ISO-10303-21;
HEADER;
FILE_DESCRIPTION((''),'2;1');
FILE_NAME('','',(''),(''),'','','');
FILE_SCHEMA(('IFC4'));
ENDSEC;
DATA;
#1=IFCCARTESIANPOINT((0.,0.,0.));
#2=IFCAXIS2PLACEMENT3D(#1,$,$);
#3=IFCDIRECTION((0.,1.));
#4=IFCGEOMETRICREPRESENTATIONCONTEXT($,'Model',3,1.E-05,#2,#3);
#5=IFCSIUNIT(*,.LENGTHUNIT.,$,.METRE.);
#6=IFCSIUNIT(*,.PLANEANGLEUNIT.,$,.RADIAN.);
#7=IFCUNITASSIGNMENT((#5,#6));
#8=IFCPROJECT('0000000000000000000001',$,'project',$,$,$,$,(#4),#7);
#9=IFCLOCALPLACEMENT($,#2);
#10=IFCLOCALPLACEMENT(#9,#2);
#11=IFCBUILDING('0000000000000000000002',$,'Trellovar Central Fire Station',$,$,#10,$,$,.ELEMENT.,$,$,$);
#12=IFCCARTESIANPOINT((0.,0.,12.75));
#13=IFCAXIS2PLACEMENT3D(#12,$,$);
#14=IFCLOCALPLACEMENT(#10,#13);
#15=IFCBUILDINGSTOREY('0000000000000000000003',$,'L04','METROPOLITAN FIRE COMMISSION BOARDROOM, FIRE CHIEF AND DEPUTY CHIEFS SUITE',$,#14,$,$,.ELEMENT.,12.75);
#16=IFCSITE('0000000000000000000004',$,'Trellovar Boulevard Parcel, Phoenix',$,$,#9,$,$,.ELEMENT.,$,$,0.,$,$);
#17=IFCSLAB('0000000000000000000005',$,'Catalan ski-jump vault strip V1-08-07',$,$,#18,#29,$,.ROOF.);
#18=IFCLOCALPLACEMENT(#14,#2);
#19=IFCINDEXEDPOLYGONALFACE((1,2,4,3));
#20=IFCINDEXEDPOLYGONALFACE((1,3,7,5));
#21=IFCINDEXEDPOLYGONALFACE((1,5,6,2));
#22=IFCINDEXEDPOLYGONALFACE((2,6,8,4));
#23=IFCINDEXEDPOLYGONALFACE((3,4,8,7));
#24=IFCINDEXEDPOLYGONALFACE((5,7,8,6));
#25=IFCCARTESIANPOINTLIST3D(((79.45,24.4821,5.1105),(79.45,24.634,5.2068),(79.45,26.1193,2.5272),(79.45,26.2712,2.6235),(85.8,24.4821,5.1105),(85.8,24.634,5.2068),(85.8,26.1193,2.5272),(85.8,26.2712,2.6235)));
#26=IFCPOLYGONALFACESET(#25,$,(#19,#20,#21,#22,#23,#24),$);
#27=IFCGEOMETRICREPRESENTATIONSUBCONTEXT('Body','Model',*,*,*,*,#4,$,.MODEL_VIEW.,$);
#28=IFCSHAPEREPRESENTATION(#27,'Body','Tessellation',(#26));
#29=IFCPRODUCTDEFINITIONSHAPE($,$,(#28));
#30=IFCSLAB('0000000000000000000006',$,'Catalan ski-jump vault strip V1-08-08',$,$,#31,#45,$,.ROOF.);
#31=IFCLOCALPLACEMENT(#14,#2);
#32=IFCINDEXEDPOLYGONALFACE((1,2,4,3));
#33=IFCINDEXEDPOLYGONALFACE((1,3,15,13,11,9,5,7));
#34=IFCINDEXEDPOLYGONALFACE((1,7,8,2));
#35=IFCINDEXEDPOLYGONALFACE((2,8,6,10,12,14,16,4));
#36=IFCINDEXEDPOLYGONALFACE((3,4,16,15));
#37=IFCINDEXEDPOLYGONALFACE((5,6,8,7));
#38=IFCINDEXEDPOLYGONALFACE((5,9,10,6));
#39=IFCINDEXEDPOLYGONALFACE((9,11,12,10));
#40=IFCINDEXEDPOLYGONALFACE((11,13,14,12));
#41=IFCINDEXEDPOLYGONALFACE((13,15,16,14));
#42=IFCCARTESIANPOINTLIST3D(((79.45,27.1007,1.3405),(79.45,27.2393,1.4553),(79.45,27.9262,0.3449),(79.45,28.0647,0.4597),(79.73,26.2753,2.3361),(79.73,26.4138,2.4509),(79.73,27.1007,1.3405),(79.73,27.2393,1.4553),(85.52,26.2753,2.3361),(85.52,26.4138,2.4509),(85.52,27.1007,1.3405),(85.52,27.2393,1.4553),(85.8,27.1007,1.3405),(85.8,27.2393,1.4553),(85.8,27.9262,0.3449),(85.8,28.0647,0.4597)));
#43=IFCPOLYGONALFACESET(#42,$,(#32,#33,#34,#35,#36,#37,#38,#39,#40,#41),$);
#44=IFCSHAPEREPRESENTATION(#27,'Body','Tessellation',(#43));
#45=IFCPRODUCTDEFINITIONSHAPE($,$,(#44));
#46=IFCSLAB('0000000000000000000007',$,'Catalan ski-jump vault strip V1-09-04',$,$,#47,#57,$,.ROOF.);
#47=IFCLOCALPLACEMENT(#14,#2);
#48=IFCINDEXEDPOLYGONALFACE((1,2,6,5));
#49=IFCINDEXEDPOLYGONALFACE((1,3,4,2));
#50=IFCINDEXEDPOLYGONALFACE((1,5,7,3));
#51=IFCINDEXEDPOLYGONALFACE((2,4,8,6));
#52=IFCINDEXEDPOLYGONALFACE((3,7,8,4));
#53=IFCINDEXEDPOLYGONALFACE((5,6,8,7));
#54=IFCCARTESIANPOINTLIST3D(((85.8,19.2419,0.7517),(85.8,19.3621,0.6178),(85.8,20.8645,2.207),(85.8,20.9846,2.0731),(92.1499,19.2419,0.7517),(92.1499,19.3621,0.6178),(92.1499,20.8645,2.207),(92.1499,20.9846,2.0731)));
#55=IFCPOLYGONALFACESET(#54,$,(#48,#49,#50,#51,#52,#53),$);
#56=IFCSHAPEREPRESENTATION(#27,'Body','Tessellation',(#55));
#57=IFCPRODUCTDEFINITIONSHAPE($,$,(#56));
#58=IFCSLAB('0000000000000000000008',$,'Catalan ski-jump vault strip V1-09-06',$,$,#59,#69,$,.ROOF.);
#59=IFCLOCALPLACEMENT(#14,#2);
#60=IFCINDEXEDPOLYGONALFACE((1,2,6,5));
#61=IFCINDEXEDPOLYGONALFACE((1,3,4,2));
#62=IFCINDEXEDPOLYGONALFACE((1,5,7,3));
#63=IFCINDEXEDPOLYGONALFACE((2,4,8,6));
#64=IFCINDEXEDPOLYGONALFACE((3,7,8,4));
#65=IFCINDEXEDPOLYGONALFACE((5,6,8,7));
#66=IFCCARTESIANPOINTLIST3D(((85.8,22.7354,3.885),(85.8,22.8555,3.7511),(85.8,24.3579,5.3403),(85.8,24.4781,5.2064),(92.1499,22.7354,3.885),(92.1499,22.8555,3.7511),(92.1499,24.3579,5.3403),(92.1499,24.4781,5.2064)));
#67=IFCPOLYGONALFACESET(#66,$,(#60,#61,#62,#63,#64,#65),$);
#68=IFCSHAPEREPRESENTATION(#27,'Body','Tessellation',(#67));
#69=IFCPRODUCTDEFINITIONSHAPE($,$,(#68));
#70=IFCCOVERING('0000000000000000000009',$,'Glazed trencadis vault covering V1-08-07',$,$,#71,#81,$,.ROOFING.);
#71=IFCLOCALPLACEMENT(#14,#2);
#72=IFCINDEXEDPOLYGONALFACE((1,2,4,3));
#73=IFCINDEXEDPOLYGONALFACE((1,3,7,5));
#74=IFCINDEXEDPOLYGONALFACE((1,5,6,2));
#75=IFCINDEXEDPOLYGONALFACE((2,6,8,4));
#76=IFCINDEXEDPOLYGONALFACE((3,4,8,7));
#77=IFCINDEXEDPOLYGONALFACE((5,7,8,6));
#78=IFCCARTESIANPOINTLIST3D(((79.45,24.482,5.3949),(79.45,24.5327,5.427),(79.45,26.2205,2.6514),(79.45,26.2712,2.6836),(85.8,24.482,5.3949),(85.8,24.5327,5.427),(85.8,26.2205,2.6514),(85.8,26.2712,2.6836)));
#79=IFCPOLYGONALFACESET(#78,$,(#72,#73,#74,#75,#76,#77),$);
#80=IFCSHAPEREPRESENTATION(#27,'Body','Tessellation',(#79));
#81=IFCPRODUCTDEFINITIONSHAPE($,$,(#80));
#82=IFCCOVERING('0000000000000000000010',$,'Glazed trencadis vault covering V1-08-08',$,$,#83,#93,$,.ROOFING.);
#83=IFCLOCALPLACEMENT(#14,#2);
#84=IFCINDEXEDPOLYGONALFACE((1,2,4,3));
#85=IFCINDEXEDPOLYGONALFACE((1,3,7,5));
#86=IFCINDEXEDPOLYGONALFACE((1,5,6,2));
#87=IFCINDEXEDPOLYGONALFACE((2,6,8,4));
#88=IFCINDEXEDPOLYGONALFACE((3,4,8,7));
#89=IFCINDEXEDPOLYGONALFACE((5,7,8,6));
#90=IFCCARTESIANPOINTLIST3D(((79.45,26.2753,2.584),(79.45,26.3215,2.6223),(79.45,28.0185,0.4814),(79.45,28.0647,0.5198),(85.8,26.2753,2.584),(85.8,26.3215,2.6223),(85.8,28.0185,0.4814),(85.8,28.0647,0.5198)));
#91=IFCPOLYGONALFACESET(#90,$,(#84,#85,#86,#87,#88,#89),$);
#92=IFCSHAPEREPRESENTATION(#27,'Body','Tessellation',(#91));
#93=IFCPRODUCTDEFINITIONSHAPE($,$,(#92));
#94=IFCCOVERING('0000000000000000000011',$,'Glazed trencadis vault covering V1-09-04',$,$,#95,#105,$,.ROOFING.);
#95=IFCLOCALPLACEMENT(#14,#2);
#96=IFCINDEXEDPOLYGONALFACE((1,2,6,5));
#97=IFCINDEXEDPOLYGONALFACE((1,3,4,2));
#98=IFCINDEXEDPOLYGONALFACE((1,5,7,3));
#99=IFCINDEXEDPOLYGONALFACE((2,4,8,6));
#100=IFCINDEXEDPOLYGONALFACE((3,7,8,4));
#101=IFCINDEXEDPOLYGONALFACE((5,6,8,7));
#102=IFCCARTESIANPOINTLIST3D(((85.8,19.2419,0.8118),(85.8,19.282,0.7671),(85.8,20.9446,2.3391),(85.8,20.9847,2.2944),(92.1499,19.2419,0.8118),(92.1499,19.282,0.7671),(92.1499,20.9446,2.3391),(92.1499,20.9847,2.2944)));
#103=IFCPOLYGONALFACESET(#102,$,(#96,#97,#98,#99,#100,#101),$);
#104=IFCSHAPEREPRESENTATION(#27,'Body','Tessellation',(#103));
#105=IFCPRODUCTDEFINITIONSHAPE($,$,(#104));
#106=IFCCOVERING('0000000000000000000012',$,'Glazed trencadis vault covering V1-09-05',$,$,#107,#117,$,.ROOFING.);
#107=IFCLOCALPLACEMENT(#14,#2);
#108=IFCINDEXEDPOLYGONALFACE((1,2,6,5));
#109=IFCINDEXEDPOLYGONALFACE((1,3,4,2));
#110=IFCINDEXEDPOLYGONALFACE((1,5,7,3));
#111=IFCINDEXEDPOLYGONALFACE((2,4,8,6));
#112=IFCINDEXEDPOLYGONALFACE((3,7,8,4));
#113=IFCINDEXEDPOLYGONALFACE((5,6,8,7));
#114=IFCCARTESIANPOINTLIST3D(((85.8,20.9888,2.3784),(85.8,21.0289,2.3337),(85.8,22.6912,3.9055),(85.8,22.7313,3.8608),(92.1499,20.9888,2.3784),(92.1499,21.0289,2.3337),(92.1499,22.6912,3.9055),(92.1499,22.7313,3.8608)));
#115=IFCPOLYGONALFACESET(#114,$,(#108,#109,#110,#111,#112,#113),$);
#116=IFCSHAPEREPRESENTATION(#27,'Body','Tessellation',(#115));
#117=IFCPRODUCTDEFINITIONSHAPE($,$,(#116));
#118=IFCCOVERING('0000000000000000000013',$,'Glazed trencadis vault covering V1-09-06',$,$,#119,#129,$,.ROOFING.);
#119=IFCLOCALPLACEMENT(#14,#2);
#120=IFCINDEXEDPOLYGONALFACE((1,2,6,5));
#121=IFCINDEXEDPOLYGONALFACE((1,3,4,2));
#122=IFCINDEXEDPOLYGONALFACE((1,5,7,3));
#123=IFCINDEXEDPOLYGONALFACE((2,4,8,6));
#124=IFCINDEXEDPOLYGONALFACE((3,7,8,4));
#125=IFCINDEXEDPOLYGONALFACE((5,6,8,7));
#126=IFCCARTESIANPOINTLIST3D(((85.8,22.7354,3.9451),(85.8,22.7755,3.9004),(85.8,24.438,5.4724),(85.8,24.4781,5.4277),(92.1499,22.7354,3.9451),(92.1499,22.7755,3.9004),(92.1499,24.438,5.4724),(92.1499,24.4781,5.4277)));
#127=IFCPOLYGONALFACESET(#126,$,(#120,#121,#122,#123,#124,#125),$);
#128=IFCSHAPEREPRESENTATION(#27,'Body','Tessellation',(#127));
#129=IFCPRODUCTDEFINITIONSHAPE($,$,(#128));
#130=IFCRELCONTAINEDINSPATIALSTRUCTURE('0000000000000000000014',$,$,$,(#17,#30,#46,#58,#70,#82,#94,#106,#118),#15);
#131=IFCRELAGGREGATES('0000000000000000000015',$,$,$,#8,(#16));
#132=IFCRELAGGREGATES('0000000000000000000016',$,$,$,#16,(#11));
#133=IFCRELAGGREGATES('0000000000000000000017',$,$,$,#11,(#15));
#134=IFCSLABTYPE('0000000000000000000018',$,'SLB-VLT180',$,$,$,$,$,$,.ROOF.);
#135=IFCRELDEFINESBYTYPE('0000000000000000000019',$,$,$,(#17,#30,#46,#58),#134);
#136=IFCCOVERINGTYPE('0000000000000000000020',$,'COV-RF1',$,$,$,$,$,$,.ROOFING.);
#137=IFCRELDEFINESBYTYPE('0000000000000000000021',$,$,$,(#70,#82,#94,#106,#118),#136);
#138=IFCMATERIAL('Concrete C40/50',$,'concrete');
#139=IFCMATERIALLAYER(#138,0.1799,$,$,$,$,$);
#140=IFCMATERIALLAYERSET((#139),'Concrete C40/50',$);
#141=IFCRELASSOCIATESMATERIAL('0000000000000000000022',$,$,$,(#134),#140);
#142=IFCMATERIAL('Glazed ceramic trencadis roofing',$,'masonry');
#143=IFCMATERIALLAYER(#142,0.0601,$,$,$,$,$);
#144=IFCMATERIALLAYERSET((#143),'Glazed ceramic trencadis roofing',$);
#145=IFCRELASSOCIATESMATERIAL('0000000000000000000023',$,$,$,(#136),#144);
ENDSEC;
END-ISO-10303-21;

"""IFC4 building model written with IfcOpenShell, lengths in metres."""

from ifc_helpers import new_model, si_unit, direction, frame, origin, place, context, subcontext, project, spatial, polyline, outline, extrude, material, layer, layer_set, type_object, element, save


model = new_model("IFC4")

# Units and contexts
model_context = context("Model", 3, precision=1e-05, world=origin(), true_north=direction((0.0, 1.0)))
body_context = subcontext(model_context, "Body", "Model", "MODEL_VIEW")
ifc_project = project(units=[si_unit("LENGTHUNIT", "METRE"), si_unit("PLANEANGLEUNIT", "RADIAN")], contexts=[model_context])

# Site, building, storey
site_placement = place(None, origin())
site = spatial("IfcSite", under=ifc_project, at=site_placement, Name="Trellovar Boulevard Parcel, Phoenix", CompositionType="ELEMENT", RefElevation=0.0)
building_placement = place(site_placement, origin())
building = spatial("IfcBuilding", under=site, at=building_placement, Name="Trellovar Central Fire Station", CompositionType="ELEMENT")
storey_placement = place(building_placement, frame((0.0, 0.0, 12.75)))
storey = spatial("IfcBuildingStorey", under=building, at=storey_placement, Name="L04", Description="METROPOLITAN FIRE COMMISSION BOARDROOM, FIRE CHIEF AND DEPUTY CHIEFS SUITE", CompositionType="ELEMENT", Elevation=12.75)

# Slabs
ifc_material_1 = material(Name="Concrete C40/50", Category="concrete")
ifc_layer_1 = layer(ifc_material_1, 0.1799)
ifc_layer_set_1 = layer_set([ifc_layer_1], Name="Concrete C40/50")
slab_type = type_object("IfcSlabType", Name="SLB-VLT180", PredefinedType="ROOF", material=ifc_layer_set_1)
slab_1_placement = place(storey_placement, frame((79.45, 24.634, 5.2068), z_axis=(0.0, 0.844649, 0.53532), x_axis=(1.0, 0.0, 0.0)))
element("IfcSlab", 1, at=slab_1_placement, inside=storey, type_object=slab_type, Name="Catalan ski-jump vault strip V1-08-07", PredefinedType="ROOF", context=body_context, shape_type="SweptSolid", body=[
    extrude(outline(polyline([(0.0, 0.0), (6.3501, 0.0), (6.3501, 3.0584), (0.0, 3.0584), (0.0, 0.0)])), origin(), (0.0, 0.0, -1.0), 0.1799),
])
slab_2_placement = place(storey_placement, frame((79.73, 26.4138, 2.4509), z_axis=(0.0, 0.769828, 0.638251), x_axis=(1.0, 0.0, 0.0)))
element("IfcSlab", 2, at=slab_2_placement, inside=storey, type_object=slab_type, Name="Catalan ski-jump vault strip V1-08-08", PredefinedType="ROOF", context=body_context, shape_type="SweptSolid", body=[
    extrude(outline(polyline([(0.0, 0.0), (5.79, 0.0), (5.79, 1.2933), (6.0701, 1.2933), (6.0701, 2.5866), (-0.28, 2.5866), (-0.28, 1.2933), (0.0, 1.2933), (0.0, 0.0)])), origin(), (0.0, 0.0, -1.0), 0.1799),
])
for number, where, z_axis, x_axis, name in (
    (3, (85.8, 19.2419, 0.7517), (0.0, -0.667701, 0.744429), (1.0, 0.0, 0.0), "Catalan ski-jump vault strip V1-09-04"),
    (4, (85.8, 22.7354, 3.885), (0.0, -0.667701, 0.744429), (1.0, 0.0, 0.0), "Catalan ski-jump vault strip V1-09-06"),
):
    element("IfcSlab", number, at=place(storey_placement, frame(where, z_axis=z_axis, x_axis=x_axis)), inside=storey, type_object=slab_type, Name=name, PredefinedType="ROOF", context=body_context, shape_type="SweptSolid", body=[
        extrude(outline(polyline([(0.0, 0.0), (6.3499, 0.0), (6.3499, 2.1796), (0.0, 2.1796), (0.0, 0.0)])), origin(), (0.0, 0.0, -1.0), 0.1799),
    ])

# Coverings
ifc_material_2 = material(Name="Glazed ceramic trencadis roofing", Category="masonry")
ifc_layer_2 = layer(ifc_material_2, 0.0601)
ifc_layer_set_2 = layer_set([ifc_layer_2], Name="Glazed ceramic trencadis roofing")
covering_type = type_object("IfcCoveringType", Name="COV-RF1", PredefinedType="ROOFING", material=ifc_layer_set_2)
covering_1_placement = place(storey_placement, frame((79.45, 24.5327, 5.427), z_axis=(0.0, 0.844675, 0.535279), x_axis=(1.0, 0.0, 0.0)))
element("IfcCovering", 5, at=covering_1_placement, inside=storey, type_object=covering_type, Name="Glazed trencadis vault covering V1-08-07", PredefinedType="ROOFING", context=body_context, shape_type="SweptSolid", body=[
    extrude(outline(polyline([(0.0, 0.0), (6.3501, 0.0), (6.3501, 3.2479), (0.0, 3.2479), (0.0, 0.0)])), origin(), (0.0, 0.0, -1.0), 0.0601),
])
covering_2_placement = place(storey_placement, frame((79.45, 26.3215, 2.6223), z_axis=(0.0, 0.769831, 0.638248), x_axis=(1.0, 0.0, 0.0)))
element("IfcCovering", 6, at=covering_2_placement, inside=storey, type_object=covering_type, Name="Glazed trencadis vault covering V1-08-08", PredefinedType="ROOFING", context=body_context, shape_type="SweptSolid", body=[
    extrude(outline(polyline([(0.0, 0.0), (6.3501, 0.0), (6.3501, 2.7312), (0.0, 2.7312), (0.0, 0.0)])), origin(), (0.0, 0.0, -1.0), 0.0601),
])
covering_3_placement = place(storey_placement, frame((85.8, 19.2419, 0.8118), z_axis=(0.0, -0.667749, 0.744386), x_axis=(1.0, 0.0, 0.0)))
element("IfcCovering", 7, at=covering_3_placement, inside=storey, type_object=covering_type, Name="Glazed trencadis vault covering V1-09-04", PredefinedType="ROOFING", context=body_context, shape_type="SweptSolid", body=[
    extrude(outline(polyline([(0.0, 0.0), (6.3499, 0.0), (6.3499, 2.2873), (0.0, 2.2873), (0.0, 0.0)])), origin(), (0.0, 0.0, -1.0), 0.0601),
])
covering_4_placement = place(storey_placement, frame((85.8, 20.9888, 2.3784), z_axis=(0.0, -0.667743, 0.744392), x_axis=(1.0, 0.0, 0.0)))
element("IfcCovering", 8, at=covering_4_placement, inside=storey, type_object=covering_type, Name="Glazed trencadis vault covering V1-09-05", PredefinedType="ROOFING", context=body_context, shape_type="SweptSolid", body=[
    extrude(outline(polyline([(0.0, 0.0), (6.3499, 0.0), (6.3499, 2.287), (0.0, 2.287), (0.0, 0.0)])), origin(), (0.0, 0.0, -1.0), 0.0601),
])
covering_5_placement = place(storey_placement, frame((85.8, 22.7354, 3.9451), z_axis=(0.0, -0.667749, 0.744386), x_axis=(1.0, 0.0, 0.0)))
element("IfcCovering", 9, at=covering_5_placement, inside=storey, type_object=covering_type, Name="Glazed trencadis vault covering V1-09-06", PredefinedType="ROOFING", context=body_context, shape_type="SweptSolid", body=[
    extrude(outline(polyline([(0.0, 0.0), (6.3499, 0.0), (6.3499, 2.2873), (0.0, 2.2873), (0.0, 0.0)])), origin(), (0.0, 0.0, -1.0), 0.0601),
])

save(model, "model.ifc")
